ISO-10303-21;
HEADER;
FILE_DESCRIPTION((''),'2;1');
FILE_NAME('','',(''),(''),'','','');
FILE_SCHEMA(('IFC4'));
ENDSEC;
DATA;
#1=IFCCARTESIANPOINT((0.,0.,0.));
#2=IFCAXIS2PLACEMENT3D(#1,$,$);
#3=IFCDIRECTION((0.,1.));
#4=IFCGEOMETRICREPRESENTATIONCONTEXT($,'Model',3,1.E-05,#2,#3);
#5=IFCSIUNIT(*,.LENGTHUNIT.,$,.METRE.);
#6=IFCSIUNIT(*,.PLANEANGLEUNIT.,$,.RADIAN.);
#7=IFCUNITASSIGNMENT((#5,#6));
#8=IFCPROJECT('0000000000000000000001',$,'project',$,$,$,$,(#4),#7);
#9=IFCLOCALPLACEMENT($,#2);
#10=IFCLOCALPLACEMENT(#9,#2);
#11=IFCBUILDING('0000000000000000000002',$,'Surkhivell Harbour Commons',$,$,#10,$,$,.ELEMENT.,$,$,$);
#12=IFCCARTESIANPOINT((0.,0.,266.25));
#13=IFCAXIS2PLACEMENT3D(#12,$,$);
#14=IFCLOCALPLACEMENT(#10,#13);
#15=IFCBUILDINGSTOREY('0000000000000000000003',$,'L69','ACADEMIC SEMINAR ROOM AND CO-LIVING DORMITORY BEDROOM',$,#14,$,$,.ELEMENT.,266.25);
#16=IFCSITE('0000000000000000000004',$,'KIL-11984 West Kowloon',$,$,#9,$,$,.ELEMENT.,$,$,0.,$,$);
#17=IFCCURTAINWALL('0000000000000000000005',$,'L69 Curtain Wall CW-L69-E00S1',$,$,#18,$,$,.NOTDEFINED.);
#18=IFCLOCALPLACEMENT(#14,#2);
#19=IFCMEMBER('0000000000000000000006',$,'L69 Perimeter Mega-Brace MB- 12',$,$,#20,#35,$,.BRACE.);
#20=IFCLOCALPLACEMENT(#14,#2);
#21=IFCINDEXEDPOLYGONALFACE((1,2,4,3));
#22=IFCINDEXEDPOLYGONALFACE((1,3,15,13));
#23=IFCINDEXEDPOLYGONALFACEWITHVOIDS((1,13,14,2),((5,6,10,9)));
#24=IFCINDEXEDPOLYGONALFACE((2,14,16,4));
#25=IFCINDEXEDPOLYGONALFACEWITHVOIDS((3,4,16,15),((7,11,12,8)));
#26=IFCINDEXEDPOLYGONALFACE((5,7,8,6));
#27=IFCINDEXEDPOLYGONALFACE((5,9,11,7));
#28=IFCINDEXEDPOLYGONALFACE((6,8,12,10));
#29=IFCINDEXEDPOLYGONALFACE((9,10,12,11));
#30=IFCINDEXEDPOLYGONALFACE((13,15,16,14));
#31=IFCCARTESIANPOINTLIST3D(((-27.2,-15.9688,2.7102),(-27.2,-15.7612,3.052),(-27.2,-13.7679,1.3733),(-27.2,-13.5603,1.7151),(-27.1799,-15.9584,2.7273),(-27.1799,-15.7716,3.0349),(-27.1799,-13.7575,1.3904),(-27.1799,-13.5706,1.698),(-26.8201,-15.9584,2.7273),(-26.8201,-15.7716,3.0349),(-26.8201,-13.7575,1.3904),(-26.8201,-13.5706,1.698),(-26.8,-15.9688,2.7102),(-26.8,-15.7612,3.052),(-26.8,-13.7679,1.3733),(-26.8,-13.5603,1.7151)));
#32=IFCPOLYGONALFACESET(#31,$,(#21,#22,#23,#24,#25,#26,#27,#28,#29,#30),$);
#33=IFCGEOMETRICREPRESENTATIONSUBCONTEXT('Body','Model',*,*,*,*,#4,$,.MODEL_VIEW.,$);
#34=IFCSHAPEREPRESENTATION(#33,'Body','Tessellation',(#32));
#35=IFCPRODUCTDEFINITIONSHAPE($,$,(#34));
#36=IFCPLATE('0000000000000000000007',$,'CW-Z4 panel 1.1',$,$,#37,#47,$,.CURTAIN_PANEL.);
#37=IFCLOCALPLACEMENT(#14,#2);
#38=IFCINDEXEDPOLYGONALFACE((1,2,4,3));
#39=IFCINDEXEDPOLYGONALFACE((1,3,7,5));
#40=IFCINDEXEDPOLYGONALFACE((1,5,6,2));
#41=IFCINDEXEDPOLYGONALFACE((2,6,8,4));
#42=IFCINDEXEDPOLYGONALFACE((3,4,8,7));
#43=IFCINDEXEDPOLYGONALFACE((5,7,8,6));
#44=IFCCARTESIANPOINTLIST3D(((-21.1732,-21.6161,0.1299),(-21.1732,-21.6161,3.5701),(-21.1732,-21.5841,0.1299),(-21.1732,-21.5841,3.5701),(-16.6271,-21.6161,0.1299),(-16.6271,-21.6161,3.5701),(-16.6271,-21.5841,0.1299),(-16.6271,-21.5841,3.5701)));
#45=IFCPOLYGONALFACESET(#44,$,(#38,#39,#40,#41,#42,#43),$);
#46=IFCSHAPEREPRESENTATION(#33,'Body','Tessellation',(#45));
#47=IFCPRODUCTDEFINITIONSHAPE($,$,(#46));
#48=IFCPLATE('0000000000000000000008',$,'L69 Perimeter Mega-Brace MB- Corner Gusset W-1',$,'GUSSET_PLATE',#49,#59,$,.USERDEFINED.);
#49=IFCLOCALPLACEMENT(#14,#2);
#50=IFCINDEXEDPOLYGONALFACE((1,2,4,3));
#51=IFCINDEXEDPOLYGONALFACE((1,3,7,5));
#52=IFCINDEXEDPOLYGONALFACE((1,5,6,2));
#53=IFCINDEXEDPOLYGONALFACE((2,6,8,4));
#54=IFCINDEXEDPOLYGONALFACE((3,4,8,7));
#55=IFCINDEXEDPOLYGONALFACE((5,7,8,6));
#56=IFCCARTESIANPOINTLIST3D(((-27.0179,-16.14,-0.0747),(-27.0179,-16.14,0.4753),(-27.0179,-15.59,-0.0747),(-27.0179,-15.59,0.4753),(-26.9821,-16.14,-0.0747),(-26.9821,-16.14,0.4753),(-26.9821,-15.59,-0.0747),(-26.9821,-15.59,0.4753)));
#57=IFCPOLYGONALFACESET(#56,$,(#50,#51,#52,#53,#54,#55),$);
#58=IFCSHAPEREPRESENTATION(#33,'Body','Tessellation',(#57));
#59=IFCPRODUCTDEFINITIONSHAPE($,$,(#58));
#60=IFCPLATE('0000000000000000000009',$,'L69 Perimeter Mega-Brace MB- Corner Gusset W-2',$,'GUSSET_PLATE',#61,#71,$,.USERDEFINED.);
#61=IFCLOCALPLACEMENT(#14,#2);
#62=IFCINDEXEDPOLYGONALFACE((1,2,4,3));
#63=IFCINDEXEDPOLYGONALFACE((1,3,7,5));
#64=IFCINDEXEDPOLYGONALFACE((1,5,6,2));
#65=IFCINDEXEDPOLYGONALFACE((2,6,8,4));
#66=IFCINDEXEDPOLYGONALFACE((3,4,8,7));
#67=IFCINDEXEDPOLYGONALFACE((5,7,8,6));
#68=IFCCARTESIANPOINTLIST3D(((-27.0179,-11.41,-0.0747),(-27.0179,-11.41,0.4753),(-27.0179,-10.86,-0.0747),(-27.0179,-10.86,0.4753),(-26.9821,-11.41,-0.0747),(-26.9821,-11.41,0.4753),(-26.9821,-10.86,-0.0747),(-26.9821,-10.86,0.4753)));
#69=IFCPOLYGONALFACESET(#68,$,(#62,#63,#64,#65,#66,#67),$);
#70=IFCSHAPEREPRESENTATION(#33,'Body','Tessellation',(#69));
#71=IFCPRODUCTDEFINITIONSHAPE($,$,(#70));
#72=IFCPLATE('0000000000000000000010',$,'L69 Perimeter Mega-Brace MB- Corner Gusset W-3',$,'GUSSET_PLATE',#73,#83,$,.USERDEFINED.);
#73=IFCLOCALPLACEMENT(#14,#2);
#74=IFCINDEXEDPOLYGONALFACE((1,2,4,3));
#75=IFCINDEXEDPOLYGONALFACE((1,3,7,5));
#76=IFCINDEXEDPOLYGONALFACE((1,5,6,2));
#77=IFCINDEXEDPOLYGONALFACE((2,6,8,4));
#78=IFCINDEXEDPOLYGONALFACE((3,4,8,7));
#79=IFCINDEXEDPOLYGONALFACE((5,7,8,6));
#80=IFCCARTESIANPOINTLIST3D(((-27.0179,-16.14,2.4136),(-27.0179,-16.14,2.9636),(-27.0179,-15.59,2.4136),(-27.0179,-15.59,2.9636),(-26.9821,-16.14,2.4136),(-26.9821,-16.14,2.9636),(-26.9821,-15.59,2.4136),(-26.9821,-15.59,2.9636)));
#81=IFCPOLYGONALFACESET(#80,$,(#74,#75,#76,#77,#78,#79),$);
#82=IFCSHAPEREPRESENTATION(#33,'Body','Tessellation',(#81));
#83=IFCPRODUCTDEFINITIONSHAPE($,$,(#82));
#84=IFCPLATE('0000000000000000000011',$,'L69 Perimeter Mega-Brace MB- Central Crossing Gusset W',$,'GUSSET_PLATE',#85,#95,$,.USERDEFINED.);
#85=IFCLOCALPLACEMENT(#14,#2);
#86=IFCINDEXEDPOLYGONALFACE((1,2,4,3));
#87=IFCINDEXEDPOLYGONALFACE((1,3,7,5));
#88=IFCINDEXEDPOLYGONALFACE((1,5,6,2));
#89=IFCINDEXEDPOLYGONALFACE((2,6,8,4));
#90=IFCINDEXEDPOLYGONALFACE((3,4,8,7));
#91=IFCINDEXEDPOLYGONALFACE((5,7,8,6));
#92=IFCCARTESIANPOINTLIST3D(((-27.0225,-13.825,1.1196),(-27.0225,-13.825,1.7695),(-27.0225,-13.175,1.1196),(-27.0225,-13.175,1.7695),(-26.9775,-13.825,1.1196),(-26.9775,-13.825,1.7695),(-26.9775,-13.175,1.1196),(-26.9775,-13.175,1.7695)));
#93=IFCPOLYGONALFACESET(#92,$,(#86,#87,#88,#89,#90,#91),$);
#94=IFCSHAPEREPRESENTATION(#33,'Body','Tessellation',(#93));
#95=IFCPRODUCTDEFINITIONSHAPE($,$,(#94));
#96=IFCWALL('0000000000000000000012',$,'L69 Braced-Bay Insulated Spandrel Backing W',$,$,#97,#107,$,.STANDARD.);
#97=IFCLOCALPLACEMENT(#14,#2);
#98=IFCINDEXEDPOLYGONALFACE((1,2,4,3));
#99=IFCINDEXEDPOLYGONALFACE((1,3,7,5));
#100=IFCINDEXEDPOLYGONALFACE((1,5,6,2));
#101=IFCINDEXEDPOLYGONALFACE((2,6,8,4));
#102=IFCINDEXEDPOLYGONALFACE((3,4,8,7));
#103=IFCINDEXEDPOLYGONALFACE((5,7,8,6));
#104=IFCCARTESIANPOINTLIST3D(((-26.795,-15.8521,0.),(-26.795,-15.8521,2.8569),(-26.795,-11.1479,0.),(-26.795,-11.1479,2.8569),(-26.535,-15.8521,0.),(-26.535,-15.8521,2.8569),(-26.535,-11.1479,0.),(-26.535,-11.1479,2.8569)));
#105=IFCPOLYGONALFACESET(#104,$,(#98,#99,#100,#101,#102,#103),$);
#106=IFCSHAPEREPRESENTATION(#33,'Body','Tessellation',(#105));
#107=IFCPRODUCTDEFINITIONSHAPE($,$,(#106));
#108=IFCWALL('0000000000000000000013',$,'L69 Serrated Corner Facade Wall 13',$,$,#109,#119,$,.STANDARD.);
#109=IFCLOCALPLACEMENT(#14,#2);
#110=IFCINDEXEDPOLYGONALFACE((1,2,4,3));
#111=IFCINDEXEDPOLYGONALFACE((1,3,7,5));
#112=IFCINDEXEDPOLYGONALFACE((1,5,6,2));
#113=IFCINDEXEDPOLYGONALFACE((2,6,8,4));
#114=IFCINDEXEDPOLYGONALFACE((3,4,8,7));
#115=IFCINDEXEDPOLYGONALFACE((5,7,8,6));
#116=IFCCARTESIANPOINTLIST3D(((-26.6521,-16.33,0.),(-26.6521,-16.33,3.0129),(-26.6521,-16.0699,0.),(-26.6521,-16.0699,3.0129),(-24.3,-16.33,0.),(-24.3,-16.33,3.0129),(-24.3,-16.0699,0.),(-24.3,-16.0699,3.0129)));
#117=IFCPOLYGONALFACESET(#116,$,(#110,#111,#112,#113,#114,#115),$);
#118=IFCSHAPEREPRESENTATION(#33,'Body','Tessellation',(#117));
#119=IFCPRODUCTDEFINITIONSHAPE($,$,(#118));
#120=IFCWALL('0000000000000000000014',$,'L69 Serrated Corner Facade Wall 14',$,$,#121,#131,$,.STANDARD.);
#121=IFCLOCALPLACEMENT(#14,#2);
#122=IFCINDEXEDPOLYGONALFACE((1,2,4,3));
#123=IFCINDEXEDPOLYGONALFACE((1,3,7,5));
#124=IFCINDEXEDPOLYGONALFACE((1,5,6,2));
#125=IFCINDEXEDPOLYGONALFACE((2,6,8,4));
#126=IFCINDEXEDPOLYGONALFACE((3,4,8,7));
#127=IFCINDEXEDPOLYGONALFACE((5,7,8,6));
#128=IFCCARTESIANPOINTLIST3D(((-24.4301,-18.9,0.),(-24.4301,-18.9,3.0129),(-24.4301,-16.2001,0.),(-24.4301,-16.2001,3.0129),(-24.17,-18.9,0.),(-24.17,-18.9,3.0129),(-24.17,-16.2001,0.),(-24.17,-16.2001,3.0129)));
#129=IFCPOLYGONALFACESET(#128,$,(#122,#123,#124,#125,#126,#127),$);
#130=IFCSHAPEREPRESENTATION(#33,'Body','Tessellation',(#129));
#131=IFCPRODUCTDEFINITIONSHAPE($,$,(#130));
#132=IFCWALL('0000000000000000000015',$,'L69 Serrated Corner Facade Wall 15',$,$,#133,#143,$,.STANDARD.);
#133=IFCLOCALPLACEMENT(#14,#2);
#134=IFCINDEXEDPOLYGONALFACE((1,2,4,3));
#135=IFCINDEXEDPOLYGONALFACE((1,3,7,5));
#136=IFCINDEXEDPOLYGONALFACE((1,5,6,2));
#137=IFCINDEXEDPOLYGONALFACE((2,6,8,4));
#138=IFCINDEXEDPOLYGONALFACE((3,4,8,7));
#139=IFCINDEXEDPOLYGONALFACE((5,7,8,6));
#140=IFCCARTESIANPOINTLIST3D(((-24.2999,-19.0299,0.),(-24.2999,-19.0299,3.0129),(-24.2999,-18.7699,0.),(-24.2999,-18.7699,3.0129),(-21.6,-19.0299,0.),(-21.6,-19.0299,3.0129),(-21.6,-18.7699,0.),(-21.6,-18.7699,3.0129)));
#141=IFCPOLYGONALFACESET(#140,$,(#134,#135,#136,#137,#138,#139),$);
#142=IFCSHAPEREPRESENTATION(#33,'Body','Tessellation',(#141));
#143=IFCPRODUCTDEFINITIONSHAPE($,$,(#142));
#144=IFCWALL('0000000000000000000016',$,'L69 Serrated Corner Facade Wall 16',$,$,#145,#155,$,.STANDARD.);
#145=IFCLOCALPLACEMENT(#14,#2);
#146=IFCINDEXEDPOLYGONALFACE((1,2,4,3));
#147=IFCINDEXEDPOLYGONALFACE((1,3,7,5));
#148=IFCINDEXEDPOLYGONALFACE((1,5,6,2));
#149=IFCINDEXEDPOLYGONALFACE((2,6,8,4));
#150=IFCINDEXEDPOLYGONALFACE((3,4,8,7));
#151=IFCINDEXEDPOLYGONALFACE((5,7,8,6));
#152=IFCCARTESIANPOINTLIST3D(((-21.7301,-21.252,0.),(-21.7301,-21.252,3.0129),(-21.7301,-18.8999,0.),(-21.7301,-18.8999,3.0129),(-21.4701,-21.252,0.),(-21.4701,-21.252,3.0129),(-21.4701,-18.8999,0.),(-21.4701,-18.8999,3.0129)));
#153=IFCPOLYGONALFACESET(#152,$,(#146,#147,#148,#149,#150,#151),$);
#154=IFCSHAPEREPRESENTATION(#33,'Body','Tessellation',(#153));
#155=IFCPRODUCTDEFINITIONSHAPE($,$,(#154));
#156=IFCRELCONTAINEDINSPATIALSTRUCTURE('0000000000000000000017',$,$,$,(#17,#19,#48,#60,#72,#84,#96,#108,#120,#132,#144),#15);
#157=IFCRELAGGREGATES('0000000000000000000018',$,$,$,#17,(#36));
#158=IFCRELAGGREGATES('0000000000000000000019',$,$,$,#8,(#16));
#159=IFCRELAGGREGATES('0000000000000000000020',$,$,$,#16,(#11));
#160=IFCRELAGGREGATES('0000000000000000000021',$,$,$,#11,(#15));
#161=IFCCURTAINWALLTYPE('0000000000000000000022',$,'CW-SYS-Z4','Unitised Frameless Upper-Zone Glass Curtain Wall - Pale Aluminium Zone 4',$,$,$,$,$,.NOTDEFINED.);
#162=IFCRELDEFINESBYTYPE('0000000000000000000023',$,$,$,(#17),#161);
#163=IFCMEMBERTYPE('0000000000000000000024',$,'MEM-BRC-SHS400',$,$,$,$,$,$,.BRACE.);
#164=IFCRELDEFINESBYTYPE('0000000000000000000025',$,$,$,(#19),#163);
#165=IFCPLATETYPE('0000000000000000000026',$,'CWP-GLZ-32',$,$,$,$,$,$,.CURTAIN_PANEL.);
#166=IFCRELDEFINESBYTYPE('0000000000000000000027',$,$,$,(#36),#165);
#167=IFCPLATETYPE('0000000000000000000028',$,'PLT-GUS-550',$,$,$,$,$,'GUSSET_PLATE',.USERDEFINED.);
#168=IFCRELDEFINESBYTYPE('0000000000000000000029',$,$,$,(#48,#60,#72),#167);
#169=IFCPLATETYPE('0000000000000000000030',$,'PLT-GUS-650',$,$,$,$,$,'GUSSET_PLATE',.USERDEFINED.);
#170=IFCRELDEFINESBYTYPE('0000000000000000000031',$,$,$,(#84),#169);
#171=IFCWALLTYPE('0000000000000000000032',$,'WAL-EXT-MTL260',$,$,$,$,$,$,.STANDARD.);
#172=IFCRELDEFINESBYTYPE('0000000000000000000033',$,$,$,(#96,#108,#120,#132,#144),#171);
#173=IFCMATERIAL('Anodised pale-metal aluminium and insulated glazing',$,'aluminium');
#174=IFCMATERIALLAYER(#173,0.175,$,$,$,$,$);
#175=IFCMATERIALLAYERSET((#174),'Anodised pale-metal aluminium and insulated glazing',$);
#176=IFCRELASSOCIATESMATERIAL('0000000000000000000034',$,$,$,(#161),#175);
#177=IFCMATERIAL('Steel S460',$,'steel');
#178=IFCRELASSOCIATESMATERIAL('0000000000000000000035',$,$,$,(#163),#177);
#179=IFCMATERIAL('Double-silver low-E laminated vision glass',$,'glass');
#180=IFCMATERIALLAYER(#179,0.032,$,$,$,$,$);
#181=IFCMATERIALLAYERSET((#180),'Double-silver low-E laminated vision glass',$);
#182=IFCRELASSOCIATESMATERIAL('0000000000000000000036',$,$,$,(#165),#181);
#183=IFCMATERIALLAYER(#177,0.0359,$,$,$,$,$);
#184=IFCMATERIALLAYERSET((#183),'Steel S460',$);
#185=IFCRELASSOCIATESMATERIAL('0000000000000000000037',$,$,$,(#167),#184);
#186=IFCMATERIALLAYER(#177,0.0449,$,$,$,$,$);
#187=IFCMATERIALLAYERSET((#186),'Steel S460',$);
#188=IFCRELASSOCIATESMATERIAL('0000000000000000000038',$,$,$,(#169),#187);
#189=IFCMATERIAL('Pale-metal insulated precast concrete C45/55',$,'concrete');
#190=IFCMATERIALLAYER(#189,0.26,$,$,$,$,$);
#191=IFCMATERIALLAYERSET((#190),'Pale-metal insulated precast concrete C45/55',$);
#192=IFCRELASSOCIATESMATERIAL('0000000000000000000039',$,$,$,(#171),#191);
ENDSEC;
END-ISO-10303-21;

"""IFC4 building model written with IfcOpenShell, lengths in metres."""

from ifc_helpers import new_model, si_unit, direction, frame, frame_2d, origin, origin_2d, place, context, subcontext, project, spatial, rectangle, hollow_rectangle, extrude, material, layer, layer_set, material_profile, profile_set, type_object, element, aggregate, save


model = new_model("IFC4")

# Units and contexts
model_context = context("Model", 3, precision=1e-05, world=origin(), true_north=direction((0.0, 1.0)))
body_context = subcontext(model_context, "Body", "Model", "MODEL_VIEW")
ifc_project = project(units=[si_unit("LENGTHUNIT", "METRE"), si_unit("PLANEANGLEUNIT", "RADIAN")], contexts=[model_context])

# Site, building, storey
site_placement = place(None, origin())
site = spatial("IfcSite", under=ifc_project, at=site_placement, Name="KIL-11984 West Kowloon", CompositionType="ELEMENT", RefElevation=0.0)
building_placement = place(site_placement, origin())
building = spatial("IfcBuilding", under=site, at=building_placement, Name="Surkhivell Harbour Commons", CompositionType="ELEMENT")
storey_placement = place(building_placement, frame((0.0, 0.0, 266.25)))
storey = spatial("IfcBuildingStorey", under=building, at=storey_placement, Name="L69", Description="ACADEMIC SEMINAR ROOM AND CO-LIVING DORMITORY BEDROOM", CompositionType="ELEMENT", Elevation=266.25)

# Curtain wall
ifc_material_1 = material(Name="Anodised pale-metal aluminium and insulated glazing", Category="aluminium")
ifc_layer_1 = layer(ifc_material_1, 0.175)
ifc_layer_set_1 = layer_set([ifc_layer_1], Name="Anodised pale-metal aluminium and insulated glazing")
curtain_wall_type = type_object("IfcCurtainWallType", Name="CW-SYS-Z4", Description="Unitised Frameless Upper-Zone Glass Curtain Wall - Pale Aluminium Zone 4", PredefinedType="NOTDEFINED", material=ifc_layer_set_1)
curtain_wall_placement = place(storey_placement, origin())
curtain_wall = element("IfcCurtainWall", 1, at=curtain_wall_placement, inside=storey, type_object=curtain_wall_type, Name="L69 Curtain Wall CW-L69-E00S1", PredefinedType="NOTDEFINED")

# Member
ifc_material_2 = material(Name="Steel S460", Category="steel")
ifc_material_profile_1 = material_profile(ifc_material_2, hollow_rectangle(XDim=0.3999, YDim=0.3999, WallThickness=0.02, at=origin_2d()), Name="SHS400x400x20")
ifc_profile_set_1 = profile_set([ifc_material_profile_1], Name="Steel S460")
member_type_1 = type_object("IfcMemberType", Name="MEM-BRC-SHS400", PredefinedType="BRACE", material=ifc_profile_set_1)
member_1_placement = place(storey_placement, frame((-27.0, -13.6641, 1.5442), z_axis=(0.0, -0.854678, 0.519159), x_axis=(1.0, 0.0, 0.0)))
element("IfcMember", 2, at=member_1_placement, inside=storey, type_object=member_type_1, Name="L69 Perimeter Mega-Brace MB- 12", PredefinedType="BRACE", context=body_context, shape_type="SweptSolid", body=[
    extrude(hollow_rectangle(XDim=0.3999, YDim=0.3999, WallThickness=0.02, at=origin_2d()), origin(), (0.0, 0.0, 1.0), 2.5752),
])

# Plate
ifc_material_3 = material(Name="Double-silver low-E laminated vision glass", Category="glass")
ifc_layer_2 = layer(ifc_material_3, 0.032)
ifc_layer_set_2 = layer_set([ifc_layer_2], Name="Double-silver low-E laminated vision glass")
plate_type_1 = type_object("IfcPlateType", Name="CWP-GLZ-32", PredefinedType="CURTAIN_PANEL", material=ifc_layer_set_2)
plate_1_placement = place(storey_placement, frame((-21.1731, -21.6001, 0.1299), z_axis=(0.0, 0.0, 1.0), x_axis=(1.0, 0.0, 0.0)))
plate_1 = element("IfcPlate", 3, at=plate_1_placement, type_object=plate_type_1, Name="CW-Z4 panel 1.1", PredefinedType="CURTAIN_PANEL", context=body_context, shape_type="SweptSolid", body=[
    extrude(rectangle(XDim=4.5461, YDim=0.032, at=frame_2d((2.2729, 0.0))), origin(), (0.0, 0.0, 1.0), 3.4402),
])
aggregate(curtain_wall, [plate_1])

# Plates
ifc_layer_3 = layer(ifc_material_2, 0.0359)
ifc_layer_set_3 = layer_set([ifc_layer_3], Name="Steel S460")
plate_type_2 = type_object("IfcPlateType", Name="PLT-GUS-550", ElementType="GUSSET_PLATE", PredefinedType="USERDEFINED", material=ifc_layer_set_3)
for number, where, z_axis, x_axis, name in (
    (4, (-27.0, -15.865, -0.0747), (0.0, 0.0, 1.0), (0.0, 1.0, 0.0), "L69 Perimeter Mega-Brace MB- Corner Gusset W-1"),
    (5, (-27.0, -11.135, -0.0747), (0.0, 0.0, 1.0), (0.0, 1.0, 0.0), "L69 Perimeter Mega-Brace MB- Corner Gusset W-2"),
    (6, (-27.0, -15.865, 2.4136), (0.0, 0.0, 1.0), (0.0, 1.0, 0.0), "L69 Perimeter Mega-Brace MB- Corner Gusset W-3"),
):
    element("IfcPlate", number, at=place(storey_placement, frame(where, z_axis=z_axis, x_axis=x_axis)), inside=storey, type_object=plate_type_2, Name=name, ObjectType="GUSSET_PLATE", PredefinedType="USERDEFINED", context=body_context, shape_type="SweptSolid", body=[
        extrude(rectangle(XDim=0.55, YDim=0.0359, at=origin_2d()), origin(), (0.0, 0.0, 1.0), 0.55),
    ])
ifc_layer_4 = layer(ifc_material_2, 0.0449)
ifc_layer_set_4 = layer_set([ifc_layer_4], Name="Steel S460")
plate_type_3 = type_object("IfcPlateType", Name="PLT-GUS-650", ElementType="GUSSET_PLATE", PredefinedType="USERDEFINED", material=ifc_layer_set_4)
plate_2_placement = place(storey_placement, frame((-27.0, -13.5, 1.1196), z_axis=(0.0, 0.0, 1.0), x_axis=(0.0, 1.0, 0.0)))
element("IfcPlate", 7, at=plate_2_placement, inside=storey, type_object=plate_type_3, Name="L69 Perimeter Mega-Brace MB- Central Crossing Gusset W", ObjectType="GUSSET_PLATE", PredefinedType="USERDEFINED", context=body_context, shape_type="SweptSolid", body=[
    extrude(rectangle(XDim=0.6499, YDim=0.0449, at=origin_2d()), origin(), (0.0, 0.0, 1.0), 0.6499),
])

# Walls
ifc_material_4 = material(Name="Pale-metal insulated precast concrete C45/55", Category="concrete")
ifc_layer_5 = layer(ifc_material_4, 0.26)
ifc_layer_set_5 = layer_set([ifc_layer_5], Name="Pale-metal insulated precast concrete C45/55")
wall_type = type_object("IfcWallType", Name="WAL-EXT-MTL260", PredefinedType="STANDARD", material=ifc_layer_set_5)
wall_1_placement = place(storey_placement, frame((-26.665, -15.8521, 0.0), z_axis=(0.0, 0.0, 1.0), x_axis=(0.0, 1.0, 0.0)))
element("IfcWall", 8, at=wall_1_placement, inside=storey, type_object=wall_type, Name="L69 Braced-Bay Insulated Spandrel Backing W", PredefinedType="STANDARD", context=body_context, shape_type="SweptSolid", body=[
    extrude(rectangle(XDim=4.7041, YDim=0.26, at=frame_2d((2.3521, 0.0))), origin(), (0.0, 0.0, 1.0), 2.8569),
])
wall_2_placement = place(storey_placement, frame((-26.6521, -16.2, 0.0), z_axis=(0.0, 0.0, 1.0), x_axis=(1.0, 0.0, 0.0)))
element("IfcWall", 9, at=wall_2_placement, inside=storey, type_object=wall_type, Name="L69 Serrated Corner Facade Wall 13", PredefinedType="STANDARD", context=body_context, shape_type="SweptSolid", body=[
    extrude(rectangle(XDim=2.3521, YDim=0.26, at=frame_2d((1.176, 0.0))), origin(), (0.0, 0.0, 1.0), 3.0129),
])
for number, where, z_axis, x_axis, name in (
    (10, (-24.3, -16.2, 0.0), (0.0, 0.0, 1.0), (0.0, -1.0, 0.0), "L69 Serrated Corner Facade Wall 14"),
    (11, (-24.3, -18.8999, 0.0), (0.0, 0.0, 1.0), (1.0, 0.0, 0.0), "L69 Serrated Corner Facade Wall 15"),
):
    element("IfcWall", number, at=place(storey_placement, frame(where, z_axis=z_axis, x_axis=x_axis)), inside=storey, type_object=wall_type, Name=name, PredefinedType="STANDARD", context=body_context, shape_type="SweptSolid", body=[
        extrude(rectangle(XDim=2.7, YDim=0.26, at=frame_2d((1.3501, 0.0))), origin(), (0.0, 0.0, 1.0), 3.0129),
    ])
wall_3_placement = place(storey_placement, frame((-21.6001, -18.8999, 0.0), z_axis=(0.0, 0.0, 1.0), x_axis=(0.0, -1.0, 0.0)))
element("IfcWall", 12, at=wall_3_placement, inside=storey, type_object=wall_type, Name="L69 Serrated Corner Facade Wall 16", PredefinedType="STANDARD", context=body_context, shape_type="SweptSolid", body=[
    extrude(rectangle(XDim=2.3521, YDim=0.26, at=frame_2d((1.176, 0.0))), origin(), (0.0, 0.0, 1.0), 3.0129),
])

save(model, "model.ifc")
